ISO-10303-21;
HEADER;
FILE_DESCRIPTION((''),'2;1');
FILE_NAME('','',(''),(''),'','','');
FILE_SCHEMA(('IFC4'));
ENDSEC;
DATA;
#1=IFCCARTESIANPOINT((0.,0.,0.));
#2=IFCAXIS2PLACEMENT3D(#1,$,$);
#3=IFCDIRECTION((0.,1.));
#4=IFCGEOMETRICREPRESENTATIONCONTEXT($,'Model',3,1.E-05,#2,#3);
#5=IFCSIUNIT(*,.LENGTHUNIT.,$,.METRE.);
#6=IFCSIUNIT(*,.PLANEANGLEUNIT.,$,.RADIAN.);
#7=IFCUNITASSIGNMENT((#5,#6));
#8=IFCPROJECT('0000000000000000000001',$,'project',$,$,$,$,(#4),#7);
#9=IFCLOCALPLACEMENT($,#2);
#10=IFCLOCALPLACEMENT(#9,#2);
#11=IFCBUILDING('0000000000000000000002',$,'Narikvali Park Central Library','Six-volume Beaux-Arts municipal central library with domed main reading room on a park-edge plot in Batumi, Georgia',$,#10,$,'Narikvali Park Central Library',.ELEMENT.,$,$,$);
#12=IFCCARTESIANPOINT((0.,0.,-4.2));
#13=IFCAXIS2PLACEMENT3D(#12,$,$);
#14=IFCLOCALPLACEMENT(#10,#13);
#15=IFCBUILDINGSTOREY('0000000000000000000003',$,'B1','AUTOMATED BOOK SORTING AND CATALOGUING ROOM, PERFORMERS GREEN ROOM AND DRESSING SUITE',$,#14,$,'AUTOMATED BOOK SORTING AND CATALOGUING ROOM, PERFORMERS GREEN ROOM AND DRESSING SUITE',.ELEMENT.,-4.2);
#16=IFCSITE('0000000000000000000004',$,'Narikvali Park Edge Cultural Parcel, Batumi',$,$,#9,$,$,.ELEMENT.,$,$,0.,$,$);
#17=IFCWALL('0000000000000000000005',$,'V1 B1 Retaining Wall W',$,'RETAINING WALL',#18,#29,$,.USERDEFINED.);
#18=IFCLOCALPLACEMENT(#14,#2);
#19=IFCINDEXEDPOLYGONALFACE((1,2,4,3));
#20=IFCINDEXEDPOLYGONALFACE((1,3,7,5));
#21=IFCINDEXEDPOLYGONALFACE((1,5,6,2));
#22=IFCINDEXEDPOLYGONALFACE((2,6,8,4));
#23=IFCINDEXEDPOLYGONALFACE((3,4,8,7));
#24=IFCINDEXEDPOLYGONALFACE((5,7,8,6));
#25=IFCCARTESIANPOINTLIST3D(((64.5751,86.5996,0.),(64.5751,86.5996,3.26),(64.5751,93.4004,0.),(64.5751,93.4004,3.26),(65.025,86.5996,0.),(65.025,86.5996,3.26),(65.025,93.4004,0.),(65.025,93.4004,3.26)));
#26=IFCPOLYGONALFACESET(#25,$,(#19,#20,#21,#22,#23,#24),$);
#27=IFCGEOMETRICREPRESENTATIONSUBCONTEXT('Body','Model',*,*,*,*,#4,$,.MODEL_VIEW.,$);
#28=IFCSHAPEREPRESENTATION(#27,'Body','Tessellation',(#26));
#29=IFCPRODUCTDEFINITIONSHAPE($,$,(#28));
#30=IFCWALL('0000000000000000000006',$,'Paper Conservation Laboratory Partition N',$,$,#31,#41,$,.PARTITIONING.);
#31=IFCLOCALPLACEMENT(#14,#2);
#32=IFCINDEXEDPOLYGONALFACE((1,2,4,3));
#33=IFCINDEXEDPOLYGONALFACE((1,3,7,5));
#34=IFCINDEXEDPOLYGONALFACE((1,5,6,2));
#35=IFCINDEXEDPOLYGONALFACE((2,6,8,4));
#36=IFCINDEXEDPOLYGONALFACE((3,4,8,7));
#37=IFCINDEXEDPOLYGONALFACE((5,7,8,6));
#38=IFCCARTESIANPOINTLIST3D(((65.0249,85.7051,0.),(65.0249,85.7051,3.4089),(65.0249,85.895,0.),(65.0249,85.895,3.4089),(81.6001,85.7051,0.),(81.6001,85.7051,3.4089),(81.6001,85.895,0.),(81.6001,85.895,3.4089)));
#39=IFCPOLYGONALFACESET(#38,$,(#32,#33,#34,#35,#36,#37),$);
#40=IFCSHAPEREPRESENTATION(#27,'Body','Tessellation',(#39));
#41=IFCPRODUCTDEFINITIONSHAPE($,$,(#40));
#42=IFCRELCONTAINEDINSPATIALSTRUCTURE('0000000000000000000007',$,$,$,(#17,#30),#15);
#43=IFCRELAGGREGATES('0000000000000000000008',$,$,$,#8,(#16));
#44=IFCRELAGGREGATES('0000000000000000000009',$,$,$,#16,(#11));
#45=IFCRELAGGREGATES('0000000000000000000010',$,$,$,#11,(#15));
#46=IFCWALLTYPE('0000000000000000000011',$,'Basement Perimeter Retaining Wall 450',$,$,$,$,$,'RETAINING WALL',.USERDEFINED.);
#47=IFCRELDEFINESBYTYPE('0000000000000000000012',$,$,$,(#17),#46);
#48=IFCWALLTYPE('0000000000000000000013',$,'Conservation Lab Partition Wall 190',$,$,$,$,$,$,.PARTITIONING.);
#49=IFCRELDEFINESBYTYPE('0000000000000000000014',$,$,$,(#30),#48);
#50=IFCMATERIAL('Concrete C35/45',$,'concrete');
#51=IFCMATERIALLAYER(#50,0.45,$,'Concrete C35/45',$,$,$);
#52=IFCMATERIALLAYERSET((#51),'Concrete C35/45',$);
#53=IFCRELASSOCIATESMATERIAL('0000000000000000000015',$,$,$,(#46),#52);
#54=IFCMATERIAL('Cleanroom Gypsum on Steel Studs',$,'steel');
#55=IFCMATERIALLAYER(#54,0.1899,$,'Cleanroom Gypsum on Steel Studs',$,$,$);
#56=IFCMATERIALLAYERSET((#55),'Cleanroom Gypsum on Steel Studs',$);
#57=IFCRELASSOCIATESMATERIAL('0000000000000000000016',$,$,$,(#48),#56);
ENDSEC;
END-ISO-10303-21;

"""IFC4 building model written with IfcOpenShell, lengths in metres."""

from ifc_helpers import new_model, si_unit, direction, frame, frame_2d, origin, place, context, subcontext, project, spatial, rectangle, extrude, material, layer, layer_set, type_object, element, save


model = new_model("IFC4")

# Units and contexts
model_context = context("Model", 3, precision=1e-05, world=origin(), true_north=direction((0.0, 1.0)))
body_context = subcontext(model_context, "Body", "Model", "MODEL_VIEW")
ifc_project = project(units=[si_unit("LENGTHUNIT", "METRE"), si_unit("PLANEANGLEUNIT", "RADIAN")], contexts=[model_context])

# Site, building, storey
site_placement = place(None, origin())
site = spatial("IfcSite", under=ifc_project, at=site_placement, Name="Narikvali Park Edge Cultural Parcel, Batumi", CompositionType="ELEMENT", RefElevation=0.0)
building_placement = place(site_placement, origin())
building = spatial("IfcBuilding", under=site, at=building_placement, Name="Narikvali Park Central Library", Description="Six-volume Beaux-Arts municipal central library with domed main reading room on a park-edge plot in Batumi, Georgia", LongName="Narikvali Park Central Library", CompositionType="ELEMENT")
storey_placement = place(building_placement, frame((0.0, 0.0, -4.2)))
storey = spatial("IfcBuildingStorey", under=building, at=storey_placement, Name="B1", Description="AUTOMATED BOOK SORTING AND CATALOGUING ROOM, PERFORMERS GREEN ROOM AND DRESSING SUITE", LongName="AUTOMATED BOOK SORTING AND CATALOGUING ROOM, PERFORMERS GREEN ROOM AND DRESSING SUITE", CompositionType="ELEMENT", Elevation=-4.2)

# Shared definitions
ifc_material_1 = material(Name="Concrete C35/45", Category="concrete")

# Walls
ifc_layer_1 = layer(ifc_material_1, 0.45, Name="Concrete C35/45")
ifc_layer_set_1 = layer_set([ifc_layer_1], Name="Concrete C35/45")
wall_type_1 = type_object("IfcWallType", Name="Basement Perimeter Retaining Wall 450", ElementType="RETAINING WALL", PredefinedType="USERDEFINED", material=ifc_layer_set_1)
wall_1_placement = place(storey_placement, frame((64.8, 86.5996, 0.0), z_axis=(0.0, 0.0, 1.0), x_axis=(0.0, 1.0, 0.0)))
element("IfcWall", 1, at=wall_1_placement, inside=storey, type_object=wall_type_1, Name="V1 B1 Retaining Wall W", ObjectType="RETAINING WALL", PredefinedType="USERDEFINED", context=body_context, shape_type="SweptSolid", body=[
    extrude(rectangle(XDim=6.8008, YDim=0.45, at=frame_2d((3.4004, 0.0))), origin(), (0.0, 0.0, 1.0), 3.26),
])
ifc_material_2 = material(Name="Cleanroom Gypsum on Steel Studs", Category="steel")
ifc_layer_2 = layer(ifc_material_2, 0.1899, Name="Cleanroom Gypsum on Steel Studs")
ifc_layer_set_2 = layer_set([ifc_layer_2], Name="Cleanroom Gypsum on Steel Studs")
wall_type_2 = type_object("IfcWallType", Name="Conservation Lab Partition Wall 190", PredefinedType="PARTITIONING", material=ifc_layer_set_2)
wall_2_placement = place(storey_placement, frame((65.0249, 85.8, 0.0), z_axis=(0.0, 0.0, 1.0), x_axis=(1.0, 0.0, 0.0)))
element("IfcWall", 2, at=wall_2_placement, inside=storey, type_object=wall_type_2, Name="Paper Conservation Laboratory Partition N", PredefinedType="PARTITIONING", context=body_context, shape_type="SweptSolid", body=[
    extrude(rectangle(XDim=16.5752, YDim=0.1899, at=frame_2d((8.2876, 0.0))), origin(), (0.0, 0.0, 1.0), 3.4089),
])

save(model, "model.ifc")
